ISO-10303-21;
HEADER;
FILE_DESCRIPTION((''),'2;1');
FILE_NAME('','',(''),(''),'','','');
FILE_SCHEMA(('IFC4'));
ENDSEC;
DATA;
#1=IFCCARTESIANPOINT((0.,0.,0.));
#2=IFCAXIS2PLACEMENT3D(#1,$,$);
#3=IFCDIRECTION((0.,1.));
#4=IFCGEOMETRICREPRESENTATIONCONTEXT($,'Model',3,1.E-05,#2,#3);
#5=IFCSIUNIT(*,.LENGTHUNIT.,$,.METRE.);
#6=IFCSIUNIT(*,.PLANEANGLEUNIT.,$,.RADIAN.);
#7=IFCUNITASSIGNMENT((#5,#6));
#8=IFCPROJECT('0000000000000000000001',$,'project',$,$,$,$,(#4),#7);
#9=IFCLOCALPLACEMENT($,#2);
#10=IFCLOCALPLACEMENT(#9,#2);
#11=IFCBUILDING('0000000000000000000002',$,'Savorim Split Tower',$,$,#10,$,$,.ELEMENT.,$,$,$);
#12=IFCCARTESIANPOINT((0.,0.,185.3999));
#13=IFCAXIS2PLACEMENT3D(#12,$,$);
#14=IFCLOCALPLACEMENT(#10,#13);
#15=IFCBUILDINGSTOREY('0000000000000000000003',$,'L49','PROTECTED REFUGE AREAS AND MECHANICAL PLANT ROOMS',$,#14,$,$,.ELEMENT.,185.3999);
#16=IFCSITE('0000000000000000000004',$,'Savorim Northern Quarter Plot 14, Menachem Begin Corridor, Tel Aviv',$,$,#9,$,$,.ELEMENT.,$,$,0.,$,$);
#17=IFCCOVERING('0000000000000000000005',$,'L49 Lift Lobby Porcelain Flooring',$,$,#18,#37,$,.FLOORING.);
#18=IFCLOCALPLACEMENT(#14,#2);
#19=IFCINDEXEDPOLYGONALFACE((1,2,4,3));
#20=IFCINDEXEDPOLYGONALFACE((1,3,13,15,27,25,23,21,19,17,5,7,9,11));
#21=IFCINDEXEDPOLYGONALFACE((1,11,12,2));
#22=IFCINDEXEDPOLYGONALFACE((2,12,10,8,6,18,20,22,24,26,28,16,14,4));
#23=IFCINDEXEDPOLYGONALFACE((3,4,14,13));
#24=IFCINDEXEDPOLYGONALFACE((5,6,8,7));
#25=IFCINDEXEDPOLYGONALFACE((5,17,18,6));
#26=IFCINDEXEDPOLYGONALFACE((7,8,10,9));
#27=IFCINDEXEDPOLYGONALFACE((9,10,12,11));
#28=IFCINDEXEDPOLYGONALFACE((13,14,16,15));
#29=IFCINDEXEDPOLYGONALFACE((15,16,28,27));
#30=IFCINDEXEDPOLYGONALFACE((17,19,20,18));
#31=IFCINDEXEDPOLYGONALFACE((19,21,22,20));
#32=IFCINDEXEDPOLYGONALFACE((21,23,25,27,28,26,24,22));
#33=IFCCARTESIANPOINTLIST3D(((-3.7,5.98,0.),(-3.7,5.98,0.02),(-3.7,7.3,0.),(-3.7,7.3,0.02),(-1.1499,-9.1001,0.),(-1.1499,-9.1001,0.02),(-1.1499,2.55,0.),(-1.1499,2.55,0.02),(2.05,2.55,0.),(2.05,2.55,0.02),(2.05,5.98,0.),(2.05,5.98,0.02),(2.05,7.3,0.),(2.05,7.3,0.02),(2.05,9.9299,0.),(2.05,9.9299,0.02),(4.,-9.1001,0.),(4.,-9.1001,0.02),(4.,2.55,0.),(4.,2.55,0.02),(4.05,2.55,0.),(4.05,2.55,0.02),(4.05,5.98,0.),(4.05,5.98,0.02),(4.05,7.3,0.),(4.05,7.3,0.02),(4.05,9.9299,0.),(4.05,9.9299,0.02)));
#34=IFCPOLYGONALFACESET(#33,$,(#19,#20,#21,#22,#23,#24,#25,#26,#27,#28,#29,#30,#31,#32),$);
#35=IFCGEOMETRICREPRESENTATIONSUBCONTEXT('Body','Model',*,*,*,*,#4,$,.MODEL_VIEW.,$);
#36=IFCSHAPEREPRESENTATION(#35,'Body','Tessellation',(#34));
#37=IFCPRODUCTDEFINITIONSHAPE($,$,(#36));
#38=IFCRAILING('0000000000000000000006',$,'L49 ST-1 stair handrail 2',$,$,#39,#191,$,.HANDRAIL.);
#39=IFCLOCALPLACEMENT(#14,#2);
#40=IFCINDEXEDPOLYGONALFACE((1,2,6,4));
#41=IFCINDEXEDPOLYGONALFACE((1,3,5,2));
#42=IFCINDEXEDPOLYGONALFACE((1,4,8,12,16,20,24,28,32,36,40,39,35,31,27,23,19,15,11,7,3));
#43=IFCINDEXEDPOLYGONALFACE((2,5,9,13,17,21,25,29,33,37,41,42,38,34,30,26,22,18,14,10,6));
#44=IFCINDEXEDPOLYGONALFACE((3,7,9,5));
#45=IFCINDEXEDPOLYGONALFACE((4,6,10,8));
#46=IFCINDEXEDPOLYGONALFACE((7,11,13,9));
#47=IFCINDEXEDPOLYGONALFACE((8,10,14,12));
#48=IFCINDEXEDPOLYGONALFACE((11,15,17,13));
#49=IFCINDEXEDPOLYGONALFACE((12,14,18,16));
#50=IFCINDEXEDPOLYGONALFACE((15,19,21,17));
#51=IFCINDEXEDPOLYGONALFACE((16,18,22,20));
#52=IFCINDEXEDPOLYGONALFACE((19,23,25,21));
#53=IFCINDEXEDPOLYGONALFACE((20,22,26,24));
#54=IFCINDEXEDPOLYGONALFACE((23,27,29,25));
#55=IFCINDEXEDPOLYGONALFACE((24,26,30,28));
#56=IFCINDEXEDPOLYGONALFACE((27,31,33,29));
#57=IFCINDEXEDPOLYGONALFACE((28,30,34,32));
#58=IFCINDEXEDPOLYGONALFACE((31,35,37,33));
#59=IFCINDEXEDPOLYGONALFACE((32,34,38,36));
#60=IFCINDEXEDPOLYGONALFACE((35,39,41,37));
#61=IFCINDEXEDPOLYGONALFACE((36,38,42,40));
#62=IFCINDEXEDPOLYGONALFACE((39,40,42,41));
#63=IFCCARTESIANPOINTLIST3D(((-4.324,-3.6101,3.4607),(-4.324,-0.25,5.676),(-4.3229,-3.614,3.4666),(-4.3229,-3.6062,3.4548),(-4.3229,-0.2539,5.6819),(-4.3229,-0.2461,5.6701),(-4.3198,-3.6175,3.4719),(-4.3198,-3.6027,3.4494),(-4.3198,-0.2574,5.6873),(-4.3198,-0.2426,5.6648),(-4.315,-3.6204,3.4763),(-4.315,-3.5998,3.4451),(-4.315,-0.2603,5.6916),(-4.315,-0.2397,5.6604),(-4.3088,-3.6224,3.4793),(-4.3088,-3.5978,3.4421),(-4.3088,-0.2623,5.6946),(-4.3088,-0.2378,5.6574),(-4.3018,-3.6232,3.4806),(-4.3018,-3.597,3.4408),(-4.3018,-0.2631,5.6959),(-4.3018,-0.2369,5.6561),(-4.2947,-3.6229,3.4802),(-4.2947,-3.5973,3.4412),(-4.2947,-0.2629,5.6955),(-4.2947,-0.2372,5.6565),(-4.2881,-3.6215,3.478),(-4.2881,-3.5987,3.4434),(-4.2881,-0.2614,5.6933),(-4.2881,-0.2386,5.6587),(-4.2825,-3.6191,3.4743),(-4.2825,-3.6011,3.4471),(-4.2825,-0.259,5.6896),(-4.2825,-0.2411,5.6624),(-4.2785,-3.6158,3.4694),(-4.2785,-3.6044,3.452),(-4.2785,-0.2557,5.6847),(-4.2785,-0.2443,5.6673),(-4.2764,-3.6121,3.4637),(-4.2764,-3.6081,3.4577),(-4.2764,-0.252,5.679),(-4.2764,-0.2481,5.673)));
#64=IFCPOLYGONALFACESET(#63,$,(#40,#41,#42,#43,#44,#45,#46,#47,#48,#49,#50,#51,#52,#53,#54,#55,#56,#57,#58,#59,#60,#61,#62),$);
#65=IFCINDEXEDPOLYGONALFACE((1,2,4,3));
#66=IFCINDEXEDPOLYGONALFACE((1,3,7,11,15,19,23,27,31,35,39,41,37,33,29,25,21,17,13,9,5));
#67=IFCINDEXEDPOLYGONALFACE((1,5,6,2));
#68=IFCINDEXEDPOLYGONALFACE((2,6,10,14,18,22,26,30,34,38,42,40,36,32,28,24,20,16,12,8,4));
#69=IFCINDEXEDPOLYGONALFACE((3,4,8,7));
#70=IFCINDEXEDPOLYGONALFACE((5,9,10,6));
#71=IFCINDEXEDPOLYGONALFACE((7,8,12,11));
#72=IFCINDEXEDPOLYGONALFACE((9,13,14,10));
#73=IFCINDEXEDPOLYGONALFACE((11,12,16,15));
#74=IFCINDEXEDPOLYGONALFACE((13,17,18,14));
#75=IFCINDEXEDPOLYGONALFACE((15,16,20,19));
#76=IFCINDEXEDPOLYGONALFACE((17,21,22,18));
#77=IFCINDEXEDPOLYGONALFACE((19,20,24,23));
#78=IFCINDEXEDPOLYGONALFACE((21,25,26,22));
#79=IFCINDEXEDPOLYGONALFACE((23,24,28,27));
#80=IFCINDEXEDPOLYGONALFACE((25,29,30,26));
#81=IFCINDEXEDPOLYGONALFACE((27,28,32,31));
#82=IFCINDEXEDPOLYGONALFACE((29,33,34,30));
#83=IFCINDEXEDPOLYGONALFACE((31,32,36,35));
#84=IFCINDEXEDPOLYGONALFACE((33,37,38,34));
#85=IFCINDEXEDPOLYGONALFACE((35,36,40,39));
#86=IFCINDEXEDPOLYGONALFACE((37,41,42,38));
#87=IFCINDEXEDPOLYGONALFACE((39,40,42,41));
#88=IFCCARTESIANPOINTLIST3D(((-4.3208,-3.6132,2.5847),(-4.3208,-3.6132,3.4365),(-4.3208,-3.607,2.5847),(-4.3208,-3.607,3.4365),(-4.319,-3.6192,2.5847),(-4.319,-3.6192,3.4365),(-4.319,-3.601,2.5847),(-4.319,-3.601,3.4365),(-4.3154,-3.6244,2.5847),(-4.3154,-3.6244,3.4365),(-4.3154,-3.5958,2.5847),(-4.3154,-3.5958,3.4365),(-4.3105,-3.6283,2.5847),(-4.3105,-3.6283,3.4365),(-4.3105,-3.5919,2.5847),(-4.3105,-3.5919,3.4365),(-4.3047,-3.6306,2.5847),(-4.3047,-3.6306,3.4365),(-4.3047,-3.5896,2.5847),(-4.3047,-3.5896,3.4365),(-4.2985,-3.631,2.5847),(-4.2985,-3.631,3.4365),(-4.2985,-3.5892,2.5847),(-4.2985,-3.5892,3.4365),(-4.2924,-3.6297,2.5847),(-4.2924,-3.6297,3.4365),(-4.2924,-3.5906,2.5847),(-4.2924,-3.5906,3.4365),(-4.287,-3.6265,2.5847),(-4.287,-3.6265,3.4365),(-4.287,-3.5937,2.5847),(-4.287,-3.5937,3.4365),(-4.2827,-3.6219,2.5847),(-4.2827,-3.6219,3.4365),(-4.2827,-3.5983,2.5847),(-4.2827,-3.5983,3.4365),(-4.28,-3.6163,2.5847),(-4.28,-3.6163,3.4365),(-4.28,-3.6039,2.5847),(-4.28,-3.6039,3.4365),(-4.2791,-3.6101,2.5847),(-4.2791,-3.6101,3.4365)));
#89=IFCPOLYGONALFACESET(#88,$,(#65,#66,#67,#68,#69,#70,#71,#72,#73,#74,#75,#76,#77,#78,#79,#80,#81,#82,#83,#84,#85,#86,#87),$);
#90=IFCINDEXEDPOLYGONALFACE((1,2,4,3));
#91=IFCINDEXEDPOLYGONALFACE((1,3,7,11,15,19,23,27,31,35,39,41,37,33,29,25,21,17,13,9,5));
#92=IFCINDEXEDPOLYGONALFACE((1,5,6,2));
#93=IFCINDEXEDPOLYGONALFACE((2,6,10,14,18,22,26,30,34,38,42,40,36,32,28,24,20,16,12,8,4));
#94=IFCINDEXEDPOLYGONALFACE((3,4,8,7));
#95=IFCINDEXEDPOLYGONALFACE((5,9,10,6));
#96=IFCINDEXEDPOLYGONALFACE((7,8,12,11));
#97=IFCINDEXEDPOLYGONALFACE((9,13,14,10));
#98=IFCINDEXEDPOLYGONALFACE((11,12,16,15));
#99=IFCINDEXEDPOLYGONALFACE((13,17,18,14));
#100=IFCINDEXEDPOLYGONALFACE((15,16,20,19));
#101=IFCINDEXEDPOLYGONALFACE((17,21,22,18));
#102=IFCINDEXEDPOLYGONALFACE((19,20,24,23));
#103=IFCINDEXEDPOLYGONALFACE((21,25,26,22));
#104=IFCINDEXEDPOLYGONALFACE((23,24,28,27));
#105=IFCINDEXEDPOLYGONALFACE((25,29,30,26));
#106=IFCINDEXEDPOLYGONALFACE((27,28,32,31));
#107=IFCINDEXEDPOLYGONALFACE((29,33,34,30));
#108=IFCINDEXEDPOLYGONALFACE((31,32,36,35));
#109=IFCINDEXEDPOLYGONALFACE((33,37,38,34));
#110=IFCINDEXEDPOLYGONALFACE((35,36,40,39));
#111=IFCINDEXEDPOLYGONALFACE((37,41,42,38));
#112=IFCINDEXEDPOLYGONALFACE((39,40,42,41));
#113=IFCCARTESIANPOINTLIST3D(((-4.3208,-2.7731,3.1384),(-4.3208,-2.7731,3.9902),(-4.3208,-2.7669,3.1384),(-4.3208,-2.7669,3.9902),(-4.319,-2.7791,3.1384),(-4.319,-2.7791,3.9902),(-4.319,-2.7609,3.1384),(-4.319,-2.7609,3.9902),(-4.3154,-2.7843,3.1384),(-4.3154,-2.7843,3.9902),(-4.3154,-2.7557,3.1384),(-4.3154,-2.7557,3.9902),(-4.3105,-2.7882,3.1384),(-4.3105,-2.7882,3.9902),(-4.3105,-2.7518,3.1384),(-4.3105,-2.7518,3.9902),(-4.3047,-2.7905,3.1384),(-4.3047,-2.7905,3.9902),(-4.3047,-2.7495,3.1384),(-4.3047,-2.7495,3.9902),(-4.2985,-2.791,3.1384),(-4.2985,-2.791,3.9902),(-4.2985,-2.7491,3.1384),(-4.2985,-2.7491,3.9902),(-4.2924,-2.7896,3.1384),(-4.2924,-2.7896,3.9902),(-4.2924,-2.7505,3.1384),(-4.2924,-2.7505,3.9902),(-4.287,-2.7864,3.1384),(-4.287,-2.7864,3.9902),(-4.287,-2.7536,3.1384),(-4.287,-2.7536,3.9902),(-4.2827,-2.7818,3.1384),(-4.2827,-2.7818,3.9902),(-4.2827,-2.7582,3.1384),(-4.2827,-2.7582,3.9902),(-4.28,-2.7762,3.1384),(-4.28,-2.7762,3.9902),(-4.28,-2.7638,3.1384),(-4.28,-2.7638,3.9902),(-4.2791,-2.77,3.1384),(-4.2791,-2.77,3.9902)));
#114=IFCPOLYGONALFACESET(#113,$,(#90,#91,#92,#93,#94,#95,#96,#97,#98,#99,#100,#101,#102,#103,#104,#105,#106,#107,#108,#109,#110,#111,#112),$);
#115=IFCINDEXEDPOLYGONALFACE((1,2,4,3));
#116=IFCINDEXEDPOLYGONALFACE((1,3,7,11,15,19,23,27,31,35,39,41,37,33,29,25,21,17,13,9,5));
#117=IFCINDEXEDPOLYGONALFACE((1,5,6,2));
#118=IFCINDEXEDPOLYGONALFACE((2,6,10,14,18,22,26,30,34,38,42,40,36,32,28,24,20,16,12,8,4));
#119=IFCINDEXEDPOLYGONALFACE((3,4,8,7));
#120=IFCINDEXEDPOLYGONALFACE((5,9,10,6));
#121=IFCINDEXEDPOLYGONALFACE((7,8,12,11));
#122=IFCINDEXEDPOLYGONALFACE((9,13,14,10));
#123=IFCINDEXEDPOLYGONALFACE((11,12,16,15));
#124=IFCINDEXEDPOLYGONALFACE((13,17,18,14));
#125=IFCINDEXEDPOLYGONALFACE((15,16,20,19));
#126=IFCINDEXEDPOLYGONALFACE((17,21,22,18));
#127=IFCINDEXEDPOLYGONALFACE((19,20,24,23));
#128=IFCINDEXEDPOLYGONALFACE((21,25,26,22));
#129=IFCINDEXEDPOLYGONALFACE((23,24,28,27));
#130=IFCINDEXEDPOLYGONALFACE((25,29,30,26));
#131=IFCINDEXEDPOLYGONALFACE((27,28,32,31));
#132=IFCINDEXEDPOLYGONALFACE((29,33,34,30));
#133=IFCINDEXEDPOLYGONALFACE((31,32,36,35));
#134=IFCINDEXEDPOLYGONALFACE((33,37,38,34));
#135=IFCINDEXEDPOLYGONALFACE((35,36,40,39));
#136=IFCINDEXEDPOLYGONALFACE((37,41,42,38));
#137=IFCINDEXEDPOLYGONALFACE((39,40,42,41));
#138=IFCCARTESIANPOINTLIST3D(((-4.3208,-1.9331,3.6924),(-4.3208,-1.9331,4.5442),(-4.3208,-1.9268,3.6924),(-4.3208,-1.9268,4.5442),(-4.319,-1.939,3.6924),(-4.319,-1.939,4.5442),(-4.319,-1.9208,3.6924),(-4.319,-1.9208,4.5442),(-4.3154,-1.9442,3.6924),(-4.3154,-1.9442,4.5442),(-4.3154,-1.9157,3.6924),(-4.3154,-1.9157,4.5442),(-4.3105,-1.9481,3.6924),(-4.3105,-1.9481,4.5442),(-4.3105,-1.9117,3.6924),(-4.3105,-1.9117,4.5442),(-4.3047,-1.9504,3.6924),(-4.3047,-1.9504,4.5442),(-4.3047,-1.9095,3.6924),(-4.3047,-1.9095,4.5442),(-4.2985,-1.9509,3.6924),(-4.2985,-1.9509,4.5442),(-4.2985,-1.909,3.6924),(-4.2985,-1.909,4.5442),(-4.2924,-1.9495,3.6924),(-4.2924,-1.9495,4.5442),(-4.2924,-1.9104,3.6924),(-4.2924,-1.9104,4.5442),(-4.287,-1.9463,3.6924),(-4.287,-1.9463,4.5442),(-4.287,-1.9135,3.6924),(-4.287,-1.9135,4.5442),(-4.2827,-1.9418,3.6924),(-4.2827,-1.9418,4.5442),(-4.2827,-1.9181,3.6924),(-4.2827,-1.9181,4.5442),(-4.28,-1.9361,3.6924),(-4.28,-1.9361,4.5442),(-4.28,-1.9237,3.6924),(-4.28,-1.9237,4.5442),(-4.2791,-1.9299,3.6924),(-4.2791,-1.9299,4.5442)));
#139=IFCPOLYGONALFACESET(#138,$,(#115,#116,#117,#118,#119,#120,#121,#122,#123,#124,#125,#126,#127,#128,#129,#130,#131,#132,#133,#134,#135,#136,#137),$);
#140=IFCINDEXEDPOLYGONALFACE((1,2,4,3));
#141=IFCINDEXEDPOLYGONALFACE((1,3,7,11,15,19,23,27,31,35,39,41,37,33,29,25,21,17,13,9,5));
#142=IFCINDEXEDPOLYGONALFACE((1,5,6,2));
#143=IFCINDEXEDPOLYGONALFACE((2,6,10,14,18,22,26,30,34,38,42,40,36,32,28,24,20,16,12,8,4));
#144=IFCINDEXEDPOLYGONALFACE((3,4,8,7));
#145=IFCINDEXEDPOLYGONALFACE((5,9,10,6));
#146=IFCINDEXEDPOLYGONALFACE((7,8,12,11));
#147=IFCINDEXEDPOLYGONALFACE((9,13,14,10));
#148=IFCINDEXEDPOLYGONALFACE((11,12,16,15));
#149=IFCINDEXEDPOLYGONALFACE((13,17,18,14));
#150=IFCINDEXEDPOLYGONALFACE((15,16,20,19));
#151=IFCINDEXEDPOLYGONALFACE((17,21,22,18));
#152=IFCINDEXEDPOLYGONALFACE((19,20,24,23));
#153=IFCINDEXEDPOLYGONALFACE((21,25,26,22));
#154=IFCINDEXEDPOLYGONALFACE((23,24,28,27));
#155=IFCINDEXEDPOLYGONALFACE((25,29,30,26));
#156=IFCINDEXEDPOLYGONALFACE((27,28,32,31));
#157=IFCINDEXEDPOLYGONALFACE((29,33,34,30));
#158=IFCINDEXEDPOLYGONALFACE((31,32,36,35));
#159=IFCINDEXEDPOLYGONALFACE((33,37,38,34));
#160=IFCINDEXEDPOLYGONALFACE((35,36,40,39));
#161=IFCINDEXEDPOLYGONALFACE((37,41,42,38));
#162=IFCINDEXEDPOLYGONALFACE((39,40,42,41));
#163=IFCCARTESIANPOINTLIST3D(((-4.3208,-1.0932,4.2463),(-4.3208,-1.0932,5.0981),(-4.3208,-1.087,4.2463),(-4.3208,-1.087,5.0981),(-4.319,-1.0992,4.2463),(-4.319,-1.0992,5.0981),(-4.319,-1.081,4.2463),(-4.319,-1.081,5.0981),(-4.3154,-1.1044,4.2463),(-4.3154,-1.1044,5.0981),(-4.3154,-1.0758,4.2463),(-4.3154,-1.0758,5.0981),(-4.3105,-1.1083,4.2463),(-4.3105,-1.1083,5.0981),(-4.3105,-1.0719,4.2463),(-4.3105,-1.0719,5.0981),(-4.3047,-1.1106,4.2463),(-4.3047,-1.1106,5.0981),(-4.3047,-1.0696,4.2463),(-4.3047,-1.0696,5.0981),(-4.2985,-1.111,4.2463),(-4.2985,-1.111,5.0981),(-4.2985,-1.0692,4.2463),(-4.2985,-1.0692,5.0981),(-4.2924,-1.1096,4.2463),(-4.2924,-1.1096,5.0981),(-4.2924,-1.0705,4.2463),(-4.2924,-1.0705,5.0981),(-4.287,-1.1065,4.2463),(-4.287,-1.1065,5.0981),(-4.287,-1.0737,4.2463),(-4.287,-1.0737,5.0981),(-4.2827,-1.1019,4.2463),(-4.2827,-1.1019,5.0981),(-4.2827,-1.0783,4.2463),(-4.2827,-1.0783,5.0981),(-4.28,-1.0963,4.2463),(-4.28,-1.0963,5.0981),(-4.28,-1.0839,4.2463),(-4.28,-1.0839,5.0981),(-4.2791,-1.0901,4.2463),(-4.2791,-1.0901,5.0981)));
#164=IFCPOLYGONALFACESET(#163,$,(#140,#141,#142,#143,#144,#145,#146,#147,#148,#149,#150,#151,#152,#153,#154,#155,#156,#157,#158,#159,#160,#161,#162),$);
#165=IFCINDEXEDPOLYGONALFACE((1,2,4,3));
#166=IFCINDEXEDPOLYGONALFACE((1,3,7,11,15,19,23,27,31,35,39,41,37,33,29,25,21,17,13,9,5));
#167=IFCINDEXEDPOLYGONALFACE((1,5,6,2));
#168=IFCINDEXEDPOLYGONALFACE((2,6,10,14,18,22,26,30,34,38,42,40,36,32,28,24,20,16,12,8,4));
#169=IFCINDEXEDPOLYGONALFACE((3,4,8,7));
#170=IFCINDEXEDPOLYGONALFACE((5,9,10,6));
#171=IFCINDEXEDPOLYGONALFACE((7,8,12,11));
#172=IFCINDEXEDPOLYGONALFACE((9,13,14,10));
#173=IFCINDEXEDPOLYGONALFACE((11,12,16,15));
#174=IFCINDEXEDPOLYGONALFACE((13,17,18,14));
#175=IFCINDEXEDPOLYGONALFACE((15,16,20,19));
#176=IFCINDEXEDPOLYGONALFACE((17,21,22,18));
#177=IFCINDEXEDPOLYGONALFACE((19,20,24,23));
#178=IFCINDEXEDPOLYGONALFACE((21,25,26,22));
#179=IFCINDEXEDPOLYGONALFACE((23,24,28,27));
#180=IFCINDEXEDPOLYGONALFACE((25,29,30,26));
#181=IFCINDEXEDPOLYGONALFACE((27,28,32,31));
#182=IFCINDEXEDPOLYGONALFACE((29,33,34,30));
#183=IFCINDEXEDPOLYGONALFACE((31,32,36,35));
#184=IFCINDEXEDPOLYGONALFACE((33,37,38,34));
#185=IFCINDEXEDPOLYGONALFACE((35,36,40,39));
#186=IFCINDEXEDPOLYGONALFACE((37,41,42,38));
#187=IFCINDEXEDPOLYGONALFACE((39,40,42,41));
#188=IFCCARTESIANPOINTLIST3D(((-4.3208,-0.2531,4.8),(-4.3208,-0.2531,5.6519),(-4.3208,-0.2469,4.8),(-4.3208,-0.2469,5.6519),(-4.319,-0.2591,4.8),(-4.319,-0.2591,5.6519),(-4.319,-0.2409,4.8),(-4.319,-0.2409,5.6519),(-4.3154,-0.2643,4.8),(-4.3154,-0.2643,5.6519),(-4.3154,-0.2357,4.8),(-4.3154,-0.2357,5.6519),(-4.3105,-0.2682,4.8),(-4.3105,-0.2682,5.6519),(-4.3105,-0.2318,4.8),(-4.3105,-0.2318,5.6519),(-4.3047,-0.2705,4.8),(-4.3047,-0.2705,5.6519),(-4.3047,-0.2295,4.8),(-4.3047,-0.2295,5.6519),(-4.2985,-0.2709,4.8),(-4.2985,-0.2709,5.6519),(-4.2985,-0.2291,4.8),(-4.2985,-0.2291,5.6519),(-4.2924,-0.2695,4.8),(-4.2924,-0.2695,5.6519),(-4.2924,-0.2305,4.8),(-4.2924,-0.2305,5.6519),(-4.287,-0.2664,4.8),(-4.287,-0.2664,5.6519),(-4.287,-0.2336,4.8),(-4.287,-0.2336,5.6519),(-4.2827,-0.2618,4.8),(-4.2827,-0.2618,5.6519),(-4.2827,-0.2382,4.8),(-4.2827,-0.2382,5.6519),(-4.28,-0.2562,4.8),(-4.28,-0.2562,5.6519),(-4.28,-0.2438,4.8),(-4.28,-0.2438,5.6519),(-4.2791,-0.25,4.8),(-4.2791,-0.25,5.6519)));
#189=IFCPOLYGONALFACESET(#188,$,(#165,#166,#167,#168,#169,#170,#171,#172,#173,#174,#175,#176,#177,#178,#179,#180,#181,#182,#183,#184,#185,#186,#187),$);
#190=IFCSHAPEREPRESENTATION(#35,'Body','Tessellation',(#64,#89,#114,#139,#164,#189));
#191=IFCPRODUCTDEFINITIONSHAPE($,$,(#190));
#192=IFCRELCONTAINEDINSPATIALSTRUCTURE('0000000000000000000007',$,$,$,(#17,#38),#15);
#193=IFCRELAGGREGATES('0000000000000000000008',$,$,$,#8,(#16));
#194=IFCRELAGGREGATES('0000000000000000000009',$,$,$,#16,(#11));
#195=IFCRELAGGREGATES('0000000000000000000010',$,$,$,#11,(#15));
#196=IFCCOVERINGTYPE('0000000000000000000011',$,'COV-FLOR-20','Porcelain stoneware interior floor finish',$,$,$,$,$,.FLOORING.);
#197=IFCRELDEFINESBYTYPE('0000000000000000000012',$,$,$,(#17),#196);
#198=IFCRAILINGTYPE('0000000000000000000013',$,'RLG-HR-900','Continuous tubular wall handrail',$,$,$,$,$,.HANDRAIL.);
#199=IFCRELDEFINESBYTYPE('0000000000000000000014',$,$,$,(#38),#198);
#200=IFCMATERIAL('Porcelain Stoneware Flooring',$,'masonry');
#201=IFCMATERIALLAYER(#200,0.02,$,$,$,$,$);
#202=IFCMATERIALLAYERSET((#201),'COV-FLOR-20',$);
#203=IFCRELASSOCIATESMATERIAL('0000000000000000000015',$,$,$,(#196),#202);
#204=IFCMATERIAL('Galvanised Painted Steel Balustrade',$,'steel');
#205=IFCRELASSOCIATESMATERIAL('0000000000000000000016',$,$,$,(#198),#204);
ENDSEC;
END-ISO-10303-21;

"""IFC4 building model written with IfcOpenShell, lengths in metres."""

from ifc_helpers import new_model, si_unit, direction, frame, origin, origin_2d, place, context, subcontext, project, spatial, polyline, circle, outline, extrude, material, layer, layer_set, type_object, element, save


model = new_model("IFC4")

# Units and contexts
model_context = context("Model", 3, precision=1e-05, world=origin(), true_north=direction((0.0, 1.0)))
body_context = subcontext(model_context, "Body", "Model", "MODEL_VIEW")
ifc_project = project(units=[si_unit("LENGTHUNIT", "METRE"), si_unit("PLANEANGLEUNIT", "RADIAN")], contexts=[model_context])

# Site, building, storey
site_placement = place(None, origin())
site = spatial("IfcSite", under=ifc_project, at=site_placement, Name="Savorim Northern Quarter Plot 14, Menachem Begin Corridor, Tel Aviv", CompositionType="ELEMENT", RefElevation=0.0)
building_placement = place(site_placement, origin())
building = spatial("IfcBuilding", under=site, at=building_placement, Name="Savorim Split Tower", CompositionType="ELEMENT")
storey_placement = place(building_placement, frame((0.0, 0.0, 185.3999)))
storey = spatial("IfcBuildingStorey", under=building, at=storey_placement, Name="L49", Description="PROTECTED REFUGE AREAS AND MECHANICAL PLANT ROOMS", CompositionType="ELEMENT", Elevation=185.3999)

# Covering
ifc_material_1 = material(Name="Porcelain Stoneware Flooring", Category="masonry")
ifc_layer_1 = layer(ifc_material_1, 0.02)
ifc_layer_set_1 = layer_set([ifc_layer_1], Name="COV-FLOR-20")
covering_type_1 = type_object("IfcCoveringType", Name="COV-FLOR-20", Description="Porcelain stoneware interior floor finish", PredefinedType="FLOORING", material=ifc_layer_set_1)
covering_1_placement = place(storey_placement, origin())
element("IfcCovering", 1, at=covering_1_placement, inside=storey, type_object=covering_type_1, Name="L49 Lift Lobby Porcelain Flooring", PredefinedType="FLOORING", context=body_context, shape_type="SweptSolid", body=[
    extrude(outline(polyline([(2.05, 2.55), (-1.1499, 2.55), (-1.1499, -9.1001), (4.0, -9.1001), (4.0, 2.55), (4.05, 2.55), (4.05, 5.98), (4.05, 7.3), (4.05, 9.9299), (2.05, 9.9299), (2.05, 7.3), (-3.7, 7.3), (-3.7, 5.98), (2.05, 5.98), (2.05, 2.55)])), origin(), (0.0, 0.0, 1.0), 0.02),
])

# Railing
ifc_material_2 = material(Name="Galvanised Painted Steel Balustrade", Category="steel")
railing_type = type_object("IfcRailingType", Name="RLG-HR-900", Description="Continuous tubular wall handrail", PredefinedType="HANDRAIL", material=ifc_material_2)
railing_placement = place(storey_placement, frame((-4.3, -3.6101, 2.5847)))
element("IfcRailing", 2, at=railing_placement, inside=storey, type_object=railing_type, Name="L49 ST-1 stair handrail 2", PredefinedType="HANDRAIL", context=body_context, shape_type="SweptSolid", body=[
    extrude(circle(Radius=0.0239, at=origin_2d()), frame((0.0, 0.0, 0.876), z_axis=(0.0, 0.834876, 0.550437), x_axis=(-1.0, 0.0, 0.0)), (0.0, 0.0, 1.0), 4.0247),
    extrude(circle(Radius=0.021, at=origin_2d()), origin(), (0.0, 0.0, 1.0), 0.8518),
    extrude(circle(Radius=0.021, at=origin_2d()), frame((0.0, 0.8401, 0.5537)), (0.0, 0.0, 1.0), 0.8518),
    extrude(circle(Radius=0.021, at=origin_2d()), frame((0.0, 1.6802, 1.1077)), (0.0, 0.0, 1.0), 0.8518),
    extrude(circle(Radius=0.021, at=origin_2d()), frame((0.0, 2.52, 1.6616)), (0.0, 0.0, 1.0), 0.8518),
    extrude(circle(Radius=0.021, at=origin_2d()), frame((0.0, 3.3601, 2.2153)), (0.0, 0.0, 1.0), 0.8518),
])

save(model, "model.ifc")
